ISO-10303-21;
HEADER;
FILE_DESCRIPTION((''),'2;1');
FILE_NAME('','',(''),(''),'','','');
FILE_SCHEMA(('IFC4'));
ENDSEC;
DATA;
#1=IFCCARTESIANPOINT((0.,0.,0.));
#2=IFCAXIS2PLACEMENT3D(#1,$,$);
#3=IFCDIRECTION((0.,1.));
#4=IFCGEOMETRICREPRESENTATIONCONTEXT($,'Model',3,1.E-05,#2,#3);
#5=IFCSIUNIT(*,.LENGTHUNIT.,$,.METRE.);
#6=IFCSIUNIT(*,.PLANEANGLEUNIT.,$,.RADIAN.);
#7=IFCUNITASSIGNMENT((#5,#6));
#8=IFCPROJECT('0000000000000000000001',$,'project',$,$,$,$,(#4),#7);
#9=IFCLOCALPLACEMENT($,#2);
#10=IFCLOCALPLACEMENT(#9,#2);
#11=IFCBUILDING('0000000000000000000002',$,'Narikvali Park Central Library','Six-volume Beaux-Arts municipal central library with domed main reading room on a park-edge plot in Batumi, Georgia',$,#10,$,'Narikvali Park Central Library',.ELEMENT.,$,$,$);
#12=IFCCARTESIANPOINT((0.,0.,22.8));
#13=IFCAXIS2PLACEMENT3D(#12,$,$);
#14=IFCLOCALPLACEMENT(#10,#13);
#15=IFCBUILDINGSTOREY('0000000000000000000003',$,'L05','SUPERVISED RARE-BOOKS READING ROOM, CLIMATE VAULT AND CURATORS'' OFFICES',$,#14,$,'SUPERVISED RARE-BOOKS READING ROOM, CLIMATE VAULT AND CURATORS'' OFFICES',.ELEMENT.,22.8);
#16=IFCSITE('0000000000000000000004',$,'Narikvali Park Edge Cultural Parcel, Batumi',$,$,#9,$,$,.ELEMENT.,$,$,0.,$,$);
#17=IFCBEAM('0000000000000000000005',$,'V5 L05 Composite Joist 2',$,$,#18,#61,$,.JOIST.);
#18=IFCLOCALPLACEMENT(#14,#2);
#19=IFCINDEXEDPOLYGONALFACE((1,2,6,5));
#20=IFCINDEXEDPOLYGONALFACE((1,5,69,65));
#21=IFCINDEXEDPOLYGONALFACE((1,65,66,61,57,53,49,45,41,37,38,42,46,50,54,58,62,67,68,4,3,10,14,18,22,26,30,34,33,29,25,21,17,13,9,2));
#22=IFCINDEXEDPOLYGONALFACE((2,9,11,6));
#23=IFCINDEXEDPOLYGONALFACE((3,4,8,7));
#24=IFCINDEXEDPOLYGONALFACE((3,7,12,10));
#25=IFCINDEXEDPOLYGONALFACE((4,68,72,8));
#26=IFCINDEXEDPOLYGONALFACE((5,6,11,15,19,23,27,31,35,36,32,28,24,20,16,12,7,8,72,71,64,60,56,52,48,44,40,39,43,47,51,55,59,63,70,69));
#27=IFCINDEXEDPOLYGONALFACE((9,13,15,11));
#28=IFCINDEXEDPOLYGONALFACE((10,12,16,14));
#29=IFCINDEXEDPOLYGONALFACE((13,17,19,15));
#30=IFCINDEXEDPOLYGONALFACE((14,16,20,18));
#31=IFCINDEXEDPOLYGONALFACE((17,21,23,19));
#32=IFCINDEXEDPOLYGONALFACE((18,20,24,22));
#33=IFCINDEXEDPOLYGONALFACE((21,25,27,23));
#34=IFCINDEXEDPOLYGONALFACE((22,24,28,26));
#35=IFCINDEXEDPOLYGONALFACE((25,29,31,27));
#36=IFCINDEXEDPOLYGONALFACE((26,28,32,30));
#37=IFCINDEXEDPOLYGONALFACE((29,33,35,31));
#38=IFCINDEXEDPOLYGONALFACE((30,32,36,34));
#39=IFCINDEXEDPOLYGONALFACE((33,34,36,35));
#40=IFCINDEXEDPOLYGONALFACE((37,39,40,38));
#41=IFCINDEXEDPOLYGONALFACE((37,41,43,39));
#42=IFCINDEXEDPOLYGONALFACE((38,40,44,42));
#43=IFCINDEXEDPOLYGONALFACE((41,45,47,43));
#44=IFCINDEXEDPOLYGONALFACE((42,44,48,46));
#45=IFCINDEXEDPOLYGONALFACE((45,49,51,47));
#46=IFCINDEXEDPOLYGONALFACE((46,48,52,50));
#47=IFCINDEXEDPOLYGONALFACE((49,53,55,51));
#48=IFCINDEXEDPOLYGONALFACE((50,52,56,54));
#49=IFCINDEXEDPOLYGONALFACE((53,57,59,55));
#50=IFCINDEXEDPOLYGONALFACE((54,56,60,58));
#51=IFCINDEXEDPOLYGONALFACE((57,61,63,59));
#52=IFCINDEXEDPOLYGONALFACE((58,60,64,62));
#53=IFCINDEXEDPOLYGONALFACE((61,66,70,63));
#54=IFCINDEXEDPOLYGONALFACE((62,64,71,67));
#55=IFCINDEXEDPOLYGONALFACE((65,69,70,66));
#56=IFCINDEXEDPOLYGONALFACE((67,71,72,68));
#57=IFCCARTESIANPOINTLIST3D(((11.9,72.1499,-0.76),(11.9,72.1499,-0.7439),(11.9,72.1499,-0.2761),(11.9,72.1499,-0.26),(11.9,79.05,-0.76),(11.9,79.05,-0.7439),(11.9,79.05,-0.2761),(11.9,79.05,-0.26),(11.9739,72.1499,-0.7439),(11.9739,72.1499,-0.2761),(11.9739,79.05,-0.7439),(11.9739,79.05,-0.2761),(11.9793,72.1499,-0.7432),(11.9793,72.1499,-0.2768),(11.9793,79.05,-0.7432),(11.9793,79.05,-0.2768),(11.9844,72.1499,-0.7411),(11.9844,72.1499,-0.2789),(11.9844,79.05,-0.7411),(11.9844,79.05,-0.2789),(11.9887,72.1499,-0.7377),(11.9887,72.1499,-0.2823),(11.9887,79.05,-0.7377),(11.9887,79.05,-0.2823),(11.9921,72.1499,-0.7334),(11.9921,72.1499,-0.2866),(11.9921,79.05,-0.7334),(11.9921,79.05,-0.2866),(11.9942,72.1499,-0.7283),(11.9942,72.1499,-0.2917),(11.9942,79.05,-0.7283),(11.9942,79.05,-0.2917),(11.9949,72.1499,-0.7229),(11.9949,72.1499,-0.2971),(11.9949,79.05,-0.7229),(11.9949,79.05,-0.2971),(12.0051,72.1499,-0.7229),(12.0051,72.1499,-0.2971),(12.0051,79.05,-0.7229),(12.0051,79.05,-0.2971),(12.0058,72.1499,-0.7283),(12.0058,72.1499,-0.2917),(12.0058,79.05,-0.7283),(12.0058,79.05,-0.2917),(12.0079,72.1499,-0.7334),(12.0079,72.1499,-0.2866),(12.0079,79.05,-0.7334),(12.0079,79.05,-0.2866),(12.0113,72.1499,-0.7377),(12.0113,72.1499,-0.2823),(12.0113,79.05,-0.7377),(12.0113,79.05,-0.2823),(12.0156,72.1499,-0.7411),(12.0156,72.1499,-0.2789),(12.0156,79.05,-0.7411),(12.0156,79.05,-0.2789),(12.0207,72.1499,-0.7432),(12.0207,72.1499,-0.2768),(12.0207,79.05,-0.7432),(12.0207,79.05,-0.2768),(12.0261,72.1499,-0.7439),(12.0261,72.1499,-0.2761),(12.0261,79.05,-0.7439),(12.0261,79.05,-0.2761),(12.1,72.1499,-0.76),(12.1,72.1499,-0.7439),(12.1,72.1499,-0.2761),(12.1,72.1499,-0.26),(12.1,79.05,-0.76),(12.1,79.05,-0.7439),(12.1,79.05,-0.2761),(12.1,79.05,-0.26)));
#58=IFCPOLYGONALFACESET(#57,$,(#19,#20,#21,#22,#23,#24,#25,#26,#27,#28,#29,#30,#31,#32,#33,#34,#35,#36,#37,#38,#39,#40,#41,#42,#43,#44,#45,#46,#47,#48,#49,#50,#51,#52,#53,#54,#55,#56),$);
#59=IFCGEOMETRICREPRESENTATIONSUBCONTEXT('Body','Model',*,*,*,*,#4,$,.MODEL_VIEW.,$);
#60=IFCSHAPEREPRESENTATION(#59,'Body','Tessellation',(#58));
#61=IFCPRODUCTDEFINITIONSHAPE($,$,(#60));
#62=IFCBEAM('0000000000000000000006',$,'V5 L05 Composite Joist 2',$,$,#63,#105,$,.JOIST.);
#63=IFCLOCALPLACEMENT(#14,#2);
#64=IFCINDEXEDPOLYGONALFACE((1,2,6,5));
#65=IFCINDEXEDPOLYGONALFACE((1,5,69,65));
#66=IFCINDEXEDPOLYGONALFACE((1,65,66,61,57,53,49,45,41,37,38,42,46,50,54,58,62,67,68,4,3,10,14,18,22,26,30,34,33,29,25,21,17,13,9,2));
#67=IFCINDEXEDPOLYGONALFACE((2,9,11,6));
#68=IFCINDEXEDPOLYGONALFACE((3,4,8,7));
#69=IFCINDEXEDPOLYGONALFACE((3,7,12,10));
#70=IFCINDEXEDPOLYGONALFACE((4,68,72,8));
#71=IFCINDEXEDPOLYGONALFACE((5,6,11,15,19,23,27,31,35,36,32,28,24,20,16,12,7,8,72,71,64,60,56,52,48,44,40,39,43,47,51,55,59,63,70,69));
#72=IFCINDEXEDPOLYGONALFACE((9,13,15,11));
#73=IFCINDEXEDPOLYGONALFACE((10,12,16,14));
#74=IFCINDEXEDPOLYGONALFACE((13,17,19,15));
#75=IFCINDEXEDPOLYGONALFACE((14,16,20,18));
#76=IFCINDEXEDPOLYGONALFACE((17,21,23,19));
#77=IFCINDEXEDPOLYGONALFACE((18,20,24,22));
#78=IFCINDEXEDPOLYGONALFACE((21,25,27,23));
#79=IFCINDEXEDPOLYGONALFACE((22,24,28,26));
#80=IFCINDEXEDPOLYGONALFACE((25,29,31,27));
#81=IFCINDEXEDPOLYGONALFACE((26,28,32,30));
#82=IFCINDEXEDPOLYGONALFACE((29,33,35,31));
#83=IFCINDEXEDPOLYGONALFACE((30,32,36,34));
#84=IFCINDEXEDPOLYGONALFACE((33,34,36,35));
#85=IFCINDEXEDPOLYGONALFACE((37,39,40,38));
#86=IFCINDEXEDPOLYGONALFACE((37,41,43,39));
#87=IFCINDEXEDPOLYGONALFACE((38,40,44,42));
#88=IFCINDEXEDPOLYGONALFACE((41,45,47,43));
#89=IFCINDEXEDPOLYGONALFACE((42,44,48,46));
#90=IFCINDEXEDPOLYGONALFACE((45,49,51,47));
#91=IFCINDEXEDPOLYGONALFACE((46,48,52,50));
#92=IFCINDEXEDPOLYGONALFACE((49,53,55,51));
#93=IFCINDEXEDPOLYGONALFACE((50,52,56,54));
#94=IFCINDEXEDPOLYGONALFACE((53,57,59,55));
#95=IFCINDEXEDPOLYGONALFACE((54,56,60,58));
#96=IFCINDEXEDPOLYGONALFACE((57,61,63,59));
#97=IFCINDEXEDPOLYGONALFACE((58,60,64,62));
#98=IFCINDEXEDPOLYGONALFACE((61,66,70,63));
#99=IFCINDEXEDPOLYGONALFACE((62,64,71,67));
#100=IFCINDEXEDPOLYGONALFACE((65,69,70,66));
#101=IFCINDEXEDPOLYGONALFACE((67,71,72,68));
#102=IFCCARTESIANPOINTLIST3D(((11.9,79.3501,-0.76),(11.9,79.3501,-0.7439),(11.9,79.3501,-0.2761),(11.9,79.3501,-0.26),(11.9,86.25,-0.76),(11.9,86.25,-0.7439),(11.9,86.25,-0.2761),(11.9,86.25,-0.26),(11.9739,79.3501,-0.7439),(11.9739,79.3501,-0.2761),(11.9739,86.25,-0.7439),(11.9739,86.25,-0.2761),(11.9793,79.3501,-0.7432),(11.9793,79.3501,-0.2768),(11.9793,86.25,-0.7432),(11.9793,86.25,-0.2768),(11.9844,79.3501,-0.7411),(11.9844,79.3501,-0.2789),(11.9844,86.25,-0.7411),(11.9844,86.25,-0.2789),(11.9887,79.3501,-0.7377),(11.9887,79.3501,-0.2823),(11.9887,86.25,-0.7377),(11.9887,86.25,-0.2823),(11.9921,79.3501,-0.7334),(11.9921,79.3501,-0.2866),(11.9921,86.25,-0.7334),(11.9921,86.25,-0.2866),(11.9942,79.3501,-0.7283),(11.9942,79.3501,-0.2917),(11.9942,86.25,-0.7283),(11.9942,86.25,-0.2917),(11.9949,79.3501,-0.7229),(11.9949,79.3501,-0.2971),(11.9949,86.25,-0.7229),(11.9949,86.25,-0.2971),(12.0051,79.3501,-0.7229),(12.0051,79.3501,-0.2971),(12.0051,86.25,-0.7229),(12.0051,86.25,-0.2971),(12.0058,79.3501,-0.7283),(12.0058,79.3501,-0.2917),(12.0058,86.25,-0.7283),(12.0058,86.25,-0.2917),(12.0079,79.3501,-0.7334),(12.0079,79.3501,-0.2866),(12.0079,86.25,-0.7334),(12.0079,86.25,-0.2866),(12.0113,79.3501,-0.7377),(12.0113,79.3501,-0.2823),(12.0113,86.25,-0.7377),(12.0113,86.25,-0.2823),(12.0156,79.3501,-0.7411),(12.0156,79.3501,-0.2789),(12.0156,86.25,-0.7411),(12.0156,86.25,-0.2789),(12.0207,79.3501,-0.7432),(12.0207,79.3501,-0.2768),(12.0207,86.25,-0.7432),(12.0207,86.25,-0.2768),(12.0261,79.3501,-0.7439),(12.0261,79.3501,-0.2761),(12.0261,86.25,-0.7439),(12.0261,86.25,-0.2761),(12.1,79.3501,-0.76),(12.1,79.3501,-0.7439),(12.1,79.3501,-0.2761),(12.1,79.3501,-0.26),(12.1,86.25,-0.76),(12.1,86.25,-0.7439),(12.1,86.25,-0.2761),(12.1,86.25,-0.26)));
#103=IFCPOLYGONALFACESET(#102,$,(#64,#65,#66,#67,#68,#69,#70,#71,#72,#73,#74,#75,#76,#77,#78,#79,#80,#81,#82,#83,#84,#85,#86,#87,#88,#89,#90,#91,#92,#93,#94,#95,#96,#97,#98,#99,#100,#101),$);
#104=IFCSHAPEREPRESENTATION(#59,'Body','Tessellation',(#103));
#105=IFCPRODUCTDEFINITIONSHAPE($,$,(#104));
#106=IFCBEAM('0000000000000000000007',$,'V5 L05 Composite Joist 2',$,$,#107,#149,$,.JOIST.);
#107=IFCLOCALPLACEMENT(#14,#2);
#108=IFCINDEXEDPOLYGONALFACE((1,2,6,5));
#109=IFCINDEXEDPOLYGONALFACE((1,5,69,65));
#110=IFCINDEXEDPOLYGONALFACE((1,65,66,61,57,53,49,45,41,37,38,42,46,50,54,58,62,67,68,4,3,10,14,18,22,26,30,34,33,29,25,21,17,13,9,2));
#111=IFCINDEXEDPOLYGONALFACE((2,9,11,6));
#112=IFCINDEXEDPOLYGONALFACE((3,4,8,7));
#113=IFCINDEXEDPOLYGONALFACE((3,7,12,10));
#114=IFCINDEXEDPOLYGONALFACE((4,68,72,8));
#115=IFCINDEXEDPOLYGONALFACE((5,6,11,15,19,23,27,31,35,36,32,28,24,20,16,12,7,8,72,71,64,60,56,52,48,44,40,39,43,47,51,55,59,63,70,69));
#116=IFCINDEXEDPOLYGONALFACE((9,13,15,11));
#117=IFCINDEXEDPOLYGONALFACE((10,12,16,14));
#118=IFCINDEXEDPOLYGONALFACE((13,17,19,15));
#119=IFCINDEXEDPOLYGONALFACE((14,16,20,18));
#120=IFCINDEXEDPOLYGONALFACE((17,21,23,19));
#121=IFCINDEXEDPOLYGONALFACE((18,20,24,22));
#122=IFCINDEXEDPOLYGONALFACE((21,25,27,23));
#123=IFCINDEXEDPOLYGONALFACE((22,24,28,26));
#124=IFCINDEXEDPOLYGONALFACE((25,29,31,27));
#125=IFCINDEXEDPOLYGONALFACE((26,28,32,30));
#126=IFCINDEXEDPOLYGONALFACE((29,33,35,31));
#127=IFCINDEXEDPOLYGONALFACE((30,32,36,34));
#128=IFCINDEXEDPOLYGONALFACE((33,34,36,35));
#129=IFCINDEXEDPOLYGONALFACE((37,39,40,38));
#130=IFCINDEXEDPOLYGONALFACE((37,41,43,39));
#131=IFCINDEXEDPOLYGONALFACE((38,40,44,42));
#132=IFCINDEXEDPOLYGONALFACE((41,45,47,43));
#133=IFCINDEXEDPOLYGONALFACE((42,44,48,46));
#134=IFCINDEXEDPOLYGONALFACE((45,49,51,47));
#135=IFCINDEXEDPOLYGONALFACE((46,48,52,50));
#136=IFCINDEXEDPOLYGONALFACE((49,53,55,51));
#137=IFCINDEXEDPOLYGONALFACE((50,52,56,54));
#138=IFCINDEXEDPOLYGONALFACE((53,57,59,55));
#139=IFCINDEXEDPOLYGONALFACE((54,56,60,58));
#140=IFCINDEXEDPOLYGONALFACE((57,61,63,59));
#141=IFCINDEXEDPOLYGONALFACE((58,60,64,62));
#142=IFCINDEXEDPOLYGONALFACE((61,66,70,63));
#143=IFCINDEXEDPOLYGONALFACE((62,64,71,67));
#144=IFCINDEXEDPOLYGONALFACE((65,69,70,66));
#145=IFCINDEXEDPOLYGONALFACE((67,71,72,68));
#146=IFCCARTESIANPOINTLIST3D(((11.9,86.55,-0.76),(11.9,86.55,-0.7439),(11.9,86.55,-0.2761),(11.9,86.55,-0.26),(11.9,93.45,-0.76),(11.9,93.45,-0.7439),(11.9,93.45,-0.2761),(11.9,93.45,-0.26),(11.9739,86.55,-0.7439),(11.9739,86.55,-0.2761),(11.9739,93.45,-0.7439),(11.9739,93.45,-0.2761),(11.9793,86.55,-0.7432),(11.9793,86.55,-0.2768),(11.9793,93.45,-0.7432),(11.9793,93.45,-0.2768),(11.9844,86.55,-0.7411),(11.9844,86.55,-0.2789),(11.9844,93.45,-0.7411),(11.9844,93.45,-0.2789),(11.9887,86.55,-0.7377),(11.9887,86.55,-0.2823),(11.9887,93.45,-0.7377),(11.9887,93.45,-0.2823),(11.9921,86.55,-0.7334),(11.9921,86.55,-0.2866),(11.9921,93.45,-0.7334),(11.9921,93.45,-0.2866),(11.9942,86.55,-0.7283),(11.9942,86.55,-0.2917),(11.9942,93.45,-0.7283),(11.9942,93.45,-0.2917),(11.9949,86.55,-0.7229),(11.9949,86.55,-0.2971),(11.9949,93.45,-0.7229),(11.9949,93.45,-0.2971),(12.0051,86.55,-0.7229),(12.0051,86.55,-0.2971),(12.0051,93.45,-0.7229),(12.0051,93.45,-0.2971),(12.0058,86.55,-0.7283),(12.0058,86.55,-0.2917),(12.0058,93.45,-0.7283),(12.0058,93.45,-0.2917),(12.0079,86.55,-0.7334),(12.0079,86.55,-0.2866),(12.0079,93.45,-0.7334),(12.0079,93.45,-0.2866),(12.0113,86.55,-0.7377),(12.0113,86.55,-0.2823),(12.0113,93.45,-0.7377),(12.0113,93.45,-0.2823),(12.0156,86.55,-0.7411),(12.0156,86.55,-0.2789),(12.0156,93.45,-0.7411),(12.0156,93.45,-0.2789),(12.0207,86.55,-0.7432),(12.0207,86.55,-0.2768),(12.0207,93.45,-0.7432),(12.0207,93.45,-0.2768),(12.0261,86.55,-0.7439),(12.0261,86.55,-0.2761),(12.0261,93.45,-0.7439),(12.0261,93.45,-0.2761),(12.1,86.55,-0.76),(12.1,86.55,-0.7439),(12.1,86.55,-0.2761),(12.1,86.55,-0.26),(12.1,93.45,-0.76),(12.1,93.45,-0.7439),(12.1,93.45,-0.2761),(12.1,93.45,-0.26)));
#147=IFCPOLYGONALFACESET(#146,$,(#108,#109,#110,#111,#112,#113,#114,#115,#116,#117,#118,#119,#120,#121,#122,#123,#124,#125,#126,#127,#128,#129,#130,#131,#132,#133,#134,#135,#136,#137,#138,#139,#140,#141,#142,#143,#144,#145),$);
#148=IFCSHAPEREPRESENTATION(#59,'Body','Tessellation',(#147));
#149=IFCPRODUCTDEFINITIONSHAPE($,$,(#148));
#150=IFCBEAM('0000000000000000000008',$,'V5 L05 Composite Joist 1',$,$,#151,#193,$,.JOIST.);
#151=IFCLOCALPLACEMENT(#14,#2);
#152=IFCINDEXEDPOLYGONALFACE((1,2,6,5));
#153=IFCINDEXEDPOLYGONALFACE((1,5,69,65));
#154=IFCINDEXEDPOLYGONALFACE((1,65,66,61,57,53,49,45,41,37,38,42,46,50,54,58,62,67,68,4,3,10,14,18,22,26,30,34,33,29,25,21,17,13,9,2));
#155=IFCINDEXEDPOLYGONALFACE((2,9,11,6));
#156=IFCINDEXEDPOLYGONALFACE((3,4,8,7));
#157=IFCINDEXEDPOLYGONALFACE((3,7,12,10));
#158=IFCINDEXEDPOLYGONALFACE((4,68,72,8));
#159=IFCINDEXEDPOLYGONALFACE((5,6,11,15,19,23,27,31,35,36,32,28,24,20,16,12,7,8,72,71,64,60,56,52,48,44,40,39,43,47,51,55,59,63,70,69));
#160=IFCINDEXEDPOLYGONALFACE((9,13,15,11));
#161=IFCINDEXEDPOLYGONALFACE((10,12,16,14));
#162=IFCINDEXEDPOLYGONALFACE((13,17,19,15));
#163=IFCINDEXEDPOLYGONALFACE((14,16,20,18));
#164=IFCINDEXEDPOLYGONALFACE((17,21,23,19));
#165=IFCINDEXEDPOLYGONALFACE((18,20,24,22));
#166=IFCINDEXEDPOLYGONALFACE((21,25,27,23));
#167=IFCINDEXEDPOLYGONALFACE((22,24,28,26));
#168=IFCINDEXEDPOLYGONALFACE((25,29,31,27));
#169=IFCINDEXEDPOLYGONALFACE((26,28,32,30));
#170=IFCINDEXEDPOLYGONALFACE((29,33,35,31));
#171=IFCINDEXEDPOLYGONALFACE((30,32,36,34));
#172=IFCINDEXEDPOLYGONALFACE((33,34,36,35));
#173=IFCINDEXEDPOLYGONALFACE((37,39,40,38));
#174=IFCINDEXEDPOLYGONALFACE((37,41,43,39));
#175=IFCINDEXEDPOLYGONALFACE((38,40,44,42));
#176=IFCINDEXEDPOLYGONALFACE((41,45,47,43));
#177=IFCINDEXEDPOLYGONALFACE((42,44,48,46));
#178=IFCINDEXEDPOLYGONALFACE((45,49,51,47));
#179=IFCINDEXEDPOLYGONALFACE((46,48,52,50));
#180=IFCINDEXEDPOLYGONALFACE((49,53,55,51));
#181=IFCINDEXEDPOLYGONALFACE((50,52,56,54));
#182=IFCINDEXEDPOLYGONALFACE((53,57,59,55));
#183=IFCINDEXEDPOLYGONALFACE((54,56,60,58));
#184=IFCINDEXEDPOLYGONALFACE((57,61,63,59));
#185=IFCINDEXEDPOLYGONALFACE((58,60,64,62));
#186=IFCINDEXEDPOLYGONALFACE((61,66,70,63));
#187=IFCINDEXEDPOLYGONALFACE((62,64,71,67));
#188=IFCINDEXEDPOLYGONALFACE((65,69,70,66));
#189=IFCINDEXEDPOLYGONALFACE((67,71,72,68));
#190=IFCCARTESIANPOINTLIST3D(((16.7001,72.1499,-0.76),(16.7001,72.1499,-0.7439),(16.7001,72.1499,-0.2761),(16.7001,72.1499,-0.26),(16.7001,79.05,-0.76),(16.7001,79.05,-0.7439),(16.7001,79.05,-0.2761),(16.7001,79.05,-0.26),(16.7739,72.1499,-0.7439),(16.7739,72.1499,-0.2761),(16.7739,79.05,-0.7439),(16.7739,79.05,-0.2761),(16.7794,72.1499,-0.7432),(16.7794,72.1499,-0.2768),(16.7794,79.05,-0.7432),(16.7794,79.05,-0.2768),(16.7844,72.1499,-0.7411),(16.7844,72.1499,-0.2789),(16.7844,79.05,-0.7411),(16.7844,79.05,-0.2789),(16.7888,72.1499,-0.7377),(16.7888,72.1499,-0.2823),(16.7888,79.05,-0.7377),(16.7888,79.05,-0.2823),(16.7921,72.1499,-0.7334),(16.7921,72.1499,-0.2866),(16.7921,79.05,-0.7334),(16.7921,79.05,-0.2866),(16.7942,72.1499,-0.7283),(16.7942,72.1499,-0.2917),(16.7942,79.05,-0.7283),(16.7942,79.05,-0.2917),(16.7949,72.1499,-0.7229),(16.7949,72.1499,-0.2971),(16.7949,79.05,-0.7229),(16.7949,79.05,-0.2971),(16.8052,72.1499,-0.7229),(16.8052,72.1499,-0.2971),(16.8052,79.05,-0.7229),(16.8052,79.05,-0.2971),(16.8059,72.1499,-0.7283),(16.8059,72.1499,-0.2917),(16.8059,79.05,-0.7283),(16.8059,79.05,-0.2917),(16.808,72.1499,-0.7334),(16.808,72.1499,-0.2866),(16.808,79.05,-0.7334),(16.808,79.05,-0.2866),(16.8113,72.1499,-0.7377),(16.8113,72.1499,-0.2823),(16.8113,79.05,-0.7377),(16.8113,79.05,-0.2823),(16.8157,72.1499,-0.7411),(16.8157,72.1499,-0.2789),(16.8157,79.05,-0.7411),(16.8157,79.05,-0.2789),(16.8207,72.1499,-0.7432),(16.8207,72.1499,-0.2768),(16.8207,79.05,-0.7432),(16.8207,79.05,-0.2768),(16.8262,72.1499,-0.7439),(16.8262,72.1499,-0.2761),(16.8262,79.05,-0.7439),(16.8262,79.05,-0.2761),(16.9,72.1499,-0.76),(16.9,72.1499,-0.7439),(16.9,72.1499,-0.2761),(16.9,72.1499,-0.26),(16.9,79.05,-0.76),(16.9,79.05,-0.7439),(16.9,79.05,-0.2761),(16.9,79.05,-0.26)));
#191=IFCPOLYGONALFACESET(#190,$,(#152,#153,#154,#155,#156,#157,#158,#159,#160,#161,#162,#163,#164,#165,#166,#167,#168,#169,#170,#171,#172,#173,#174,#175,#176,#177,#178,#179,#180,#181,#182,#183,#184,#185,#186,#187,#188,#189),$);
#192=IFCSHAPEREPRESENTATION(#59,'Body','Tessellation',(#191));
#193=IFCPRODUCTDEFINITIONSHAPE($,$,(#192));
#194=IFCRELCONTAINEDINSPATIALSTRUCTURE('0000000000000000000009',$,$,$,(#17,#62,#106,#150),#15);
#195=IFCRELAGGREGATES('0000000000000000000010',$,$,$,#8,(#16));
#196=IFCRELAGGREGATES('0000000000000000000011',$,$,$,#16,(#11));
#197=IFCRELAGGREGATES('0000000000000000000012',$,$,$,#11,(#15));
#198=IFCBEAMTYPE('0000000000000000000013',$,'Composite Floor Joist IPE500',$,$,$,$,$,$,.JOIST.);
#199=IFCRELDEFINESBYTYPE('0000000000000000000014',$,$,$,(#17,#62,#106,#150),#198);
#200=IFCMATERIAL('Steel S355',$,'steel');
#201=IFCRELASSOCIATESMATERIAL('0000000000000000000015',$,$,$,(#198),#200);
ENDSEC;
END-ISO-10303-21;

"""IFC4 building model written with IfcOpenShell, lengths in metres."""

from ifc_helpers import new_model, si_unit, direction, frame, origin, origin_2d, place, context, subcontext, project, spatial, i_section, extrude, material, material_profile, profile_set, type_object, element, save


model = new_model("IFC4")

# Units and contexts
model_context = context("Model", 3, precision=1e-05, world=origin(), true_north=direction((0.0, 1.0)))
body_context = subcontext(model_context, "Body", "Model", "MODEL_VIEW")
ifc_project = project(units=[si_unit("LENGTHUNIT", "METRE"), si_unit("PLANEANGLEUNIT", "RADIAN")], contexts=[model_context])

# Site, building, storey
site_placement = place(None, origin())
site = spatial("IfcSite", under=ifc_project, at=site_placement, Name="Narikvali Park Edge Cultural Parcel, Batumi", CompositionType="ELEMENT", RefElevation=0.0)
building_placement = place(site_placement, origin())
building = spatial("IfcBuilding", under=site, at=building_placement, Name="Narikvali Park Central Library", Description="Six-volume Beaux-Arts municipal central library with domed main reading room on a park-edge plot in Batumi, Georgia", LongName="Narikvali Park Central Library", CompositionType="ELEMENT")
storey_placement = place(building_placement, frame((0.0, 0.0, 22.8)))
storey = spatial("IfcBuildingStorey", under=building, at=storey_placement, Name="L05", Description="SUPERVISED RARE-BOOKS READING ROOM, CLIMATE VAULT AND CURATORS' OFFICES", LongName="SUPERVISED RARE-BOOKS READING ROOM, CLIMATE VAULT AND CURATORS' OFFICES", CompositionType="ELEMENT", Elevation=22.8)

# Shared definitions
ifc_material_1 = material(Name="Steel S355", Category="steel")

# Beams
ifc_material_profile_1 = material_profile(ifc_material_1, i_section(OverallWidth=0.2, OverallDepth=0.5, WebThickness=0.0103, FlangeThickness=0.0161, FilletRadius=0.021, at=origin_2d()), Name="IPE 500")
ifc_profile_set_1 = profile_set([ifc_material_profile_1], Name="Steel S355")
beam_type_1 = type_object("IfcBeamType", Name="Composite Floor Joist IPE500", PredefinedType="JOIST", material=ifc_profile_set_1)
beam_1_placement = place(storey_placement, frame((12.0, 72.1499, -0.51), z_axis=(0.0, 1.0, 0.0), x_axis=(-1.0, 0.0, 0.0)))
element("IfcBeam", 1, at=beam_1_placement, inside=storey, type_object=beam_type_1, Name="V5 L05 Composite Joist 2", PredefinedType="JOIST", context=body_context, shape_type="SweptSolid", body=[
    extrude(i_section(OverallWidth=0.2, OverallDepth=0.5, WebThickness=0.0103, FlangeThickness=0.0161, FilletRadius=0.021, at=origin_2d()), origin(), (0.0, 0.0, 1.0), 6.9001),
])
for number, where, z_axis, x_axis, name in (
    (2, (12.0, 79.3501, -0.51), (0.0, 1.0, 0.0), (-1.0, 0.0, 0.0), "V5 L05 Composite Joist 2"),
    (3, (12.0, 86.55, -0.51), (0.0, 1.0, 0.0), (-1.0, 0.0, 0.0), "V5 L05 Composite Joist 2"),
):
    element("IfcBeam", number, at=place(storey_placement, frame(where, z_axis=z_axis, x_axis=x_axis)), inside=storey, type_object=beam_type_1, Name=name, PredefinedType="JOIST", context=body_context, shape_type="SweptSolid", body=[
        extrude(i_section(OverallWidth=0.2, OverallDepth=0.5, WebThickness=0.0103, FlangeThickness=0.0161, FilletRadius=0.021, at=origin_2d()), origin(), (0.0, 0.0, 1.0), 6.8999),
    ])
for number, where, z_axis, x_axis, name in (
    (4, (16.8, 72.1499, -0.51), (0.0, 1.0, 0.0), (-1.0, 0.0, 0.0), "V5 L05 Composite Joist 1"),
):
    element("IfcBeam", number, at=place(storey_placement, frame(where, z_axis=z_axis, x_axis=x_axis)), inside=storey, type_object=beam_type_1, Name=name, PredefinedType="JOIST", context=body_context, shape_type="SweptSolid", body=[
        extrude(i_section(OverallWidth=0.2, OverallDepth=0.5, WebThickness=0.0103, FlangeThickness=0.0161, FilletRadius=0.021, at=origin_2d()), origin(), (0.0, 0.0, 1.0), 6.9001),
    ])

save(model, "model.ifc")
